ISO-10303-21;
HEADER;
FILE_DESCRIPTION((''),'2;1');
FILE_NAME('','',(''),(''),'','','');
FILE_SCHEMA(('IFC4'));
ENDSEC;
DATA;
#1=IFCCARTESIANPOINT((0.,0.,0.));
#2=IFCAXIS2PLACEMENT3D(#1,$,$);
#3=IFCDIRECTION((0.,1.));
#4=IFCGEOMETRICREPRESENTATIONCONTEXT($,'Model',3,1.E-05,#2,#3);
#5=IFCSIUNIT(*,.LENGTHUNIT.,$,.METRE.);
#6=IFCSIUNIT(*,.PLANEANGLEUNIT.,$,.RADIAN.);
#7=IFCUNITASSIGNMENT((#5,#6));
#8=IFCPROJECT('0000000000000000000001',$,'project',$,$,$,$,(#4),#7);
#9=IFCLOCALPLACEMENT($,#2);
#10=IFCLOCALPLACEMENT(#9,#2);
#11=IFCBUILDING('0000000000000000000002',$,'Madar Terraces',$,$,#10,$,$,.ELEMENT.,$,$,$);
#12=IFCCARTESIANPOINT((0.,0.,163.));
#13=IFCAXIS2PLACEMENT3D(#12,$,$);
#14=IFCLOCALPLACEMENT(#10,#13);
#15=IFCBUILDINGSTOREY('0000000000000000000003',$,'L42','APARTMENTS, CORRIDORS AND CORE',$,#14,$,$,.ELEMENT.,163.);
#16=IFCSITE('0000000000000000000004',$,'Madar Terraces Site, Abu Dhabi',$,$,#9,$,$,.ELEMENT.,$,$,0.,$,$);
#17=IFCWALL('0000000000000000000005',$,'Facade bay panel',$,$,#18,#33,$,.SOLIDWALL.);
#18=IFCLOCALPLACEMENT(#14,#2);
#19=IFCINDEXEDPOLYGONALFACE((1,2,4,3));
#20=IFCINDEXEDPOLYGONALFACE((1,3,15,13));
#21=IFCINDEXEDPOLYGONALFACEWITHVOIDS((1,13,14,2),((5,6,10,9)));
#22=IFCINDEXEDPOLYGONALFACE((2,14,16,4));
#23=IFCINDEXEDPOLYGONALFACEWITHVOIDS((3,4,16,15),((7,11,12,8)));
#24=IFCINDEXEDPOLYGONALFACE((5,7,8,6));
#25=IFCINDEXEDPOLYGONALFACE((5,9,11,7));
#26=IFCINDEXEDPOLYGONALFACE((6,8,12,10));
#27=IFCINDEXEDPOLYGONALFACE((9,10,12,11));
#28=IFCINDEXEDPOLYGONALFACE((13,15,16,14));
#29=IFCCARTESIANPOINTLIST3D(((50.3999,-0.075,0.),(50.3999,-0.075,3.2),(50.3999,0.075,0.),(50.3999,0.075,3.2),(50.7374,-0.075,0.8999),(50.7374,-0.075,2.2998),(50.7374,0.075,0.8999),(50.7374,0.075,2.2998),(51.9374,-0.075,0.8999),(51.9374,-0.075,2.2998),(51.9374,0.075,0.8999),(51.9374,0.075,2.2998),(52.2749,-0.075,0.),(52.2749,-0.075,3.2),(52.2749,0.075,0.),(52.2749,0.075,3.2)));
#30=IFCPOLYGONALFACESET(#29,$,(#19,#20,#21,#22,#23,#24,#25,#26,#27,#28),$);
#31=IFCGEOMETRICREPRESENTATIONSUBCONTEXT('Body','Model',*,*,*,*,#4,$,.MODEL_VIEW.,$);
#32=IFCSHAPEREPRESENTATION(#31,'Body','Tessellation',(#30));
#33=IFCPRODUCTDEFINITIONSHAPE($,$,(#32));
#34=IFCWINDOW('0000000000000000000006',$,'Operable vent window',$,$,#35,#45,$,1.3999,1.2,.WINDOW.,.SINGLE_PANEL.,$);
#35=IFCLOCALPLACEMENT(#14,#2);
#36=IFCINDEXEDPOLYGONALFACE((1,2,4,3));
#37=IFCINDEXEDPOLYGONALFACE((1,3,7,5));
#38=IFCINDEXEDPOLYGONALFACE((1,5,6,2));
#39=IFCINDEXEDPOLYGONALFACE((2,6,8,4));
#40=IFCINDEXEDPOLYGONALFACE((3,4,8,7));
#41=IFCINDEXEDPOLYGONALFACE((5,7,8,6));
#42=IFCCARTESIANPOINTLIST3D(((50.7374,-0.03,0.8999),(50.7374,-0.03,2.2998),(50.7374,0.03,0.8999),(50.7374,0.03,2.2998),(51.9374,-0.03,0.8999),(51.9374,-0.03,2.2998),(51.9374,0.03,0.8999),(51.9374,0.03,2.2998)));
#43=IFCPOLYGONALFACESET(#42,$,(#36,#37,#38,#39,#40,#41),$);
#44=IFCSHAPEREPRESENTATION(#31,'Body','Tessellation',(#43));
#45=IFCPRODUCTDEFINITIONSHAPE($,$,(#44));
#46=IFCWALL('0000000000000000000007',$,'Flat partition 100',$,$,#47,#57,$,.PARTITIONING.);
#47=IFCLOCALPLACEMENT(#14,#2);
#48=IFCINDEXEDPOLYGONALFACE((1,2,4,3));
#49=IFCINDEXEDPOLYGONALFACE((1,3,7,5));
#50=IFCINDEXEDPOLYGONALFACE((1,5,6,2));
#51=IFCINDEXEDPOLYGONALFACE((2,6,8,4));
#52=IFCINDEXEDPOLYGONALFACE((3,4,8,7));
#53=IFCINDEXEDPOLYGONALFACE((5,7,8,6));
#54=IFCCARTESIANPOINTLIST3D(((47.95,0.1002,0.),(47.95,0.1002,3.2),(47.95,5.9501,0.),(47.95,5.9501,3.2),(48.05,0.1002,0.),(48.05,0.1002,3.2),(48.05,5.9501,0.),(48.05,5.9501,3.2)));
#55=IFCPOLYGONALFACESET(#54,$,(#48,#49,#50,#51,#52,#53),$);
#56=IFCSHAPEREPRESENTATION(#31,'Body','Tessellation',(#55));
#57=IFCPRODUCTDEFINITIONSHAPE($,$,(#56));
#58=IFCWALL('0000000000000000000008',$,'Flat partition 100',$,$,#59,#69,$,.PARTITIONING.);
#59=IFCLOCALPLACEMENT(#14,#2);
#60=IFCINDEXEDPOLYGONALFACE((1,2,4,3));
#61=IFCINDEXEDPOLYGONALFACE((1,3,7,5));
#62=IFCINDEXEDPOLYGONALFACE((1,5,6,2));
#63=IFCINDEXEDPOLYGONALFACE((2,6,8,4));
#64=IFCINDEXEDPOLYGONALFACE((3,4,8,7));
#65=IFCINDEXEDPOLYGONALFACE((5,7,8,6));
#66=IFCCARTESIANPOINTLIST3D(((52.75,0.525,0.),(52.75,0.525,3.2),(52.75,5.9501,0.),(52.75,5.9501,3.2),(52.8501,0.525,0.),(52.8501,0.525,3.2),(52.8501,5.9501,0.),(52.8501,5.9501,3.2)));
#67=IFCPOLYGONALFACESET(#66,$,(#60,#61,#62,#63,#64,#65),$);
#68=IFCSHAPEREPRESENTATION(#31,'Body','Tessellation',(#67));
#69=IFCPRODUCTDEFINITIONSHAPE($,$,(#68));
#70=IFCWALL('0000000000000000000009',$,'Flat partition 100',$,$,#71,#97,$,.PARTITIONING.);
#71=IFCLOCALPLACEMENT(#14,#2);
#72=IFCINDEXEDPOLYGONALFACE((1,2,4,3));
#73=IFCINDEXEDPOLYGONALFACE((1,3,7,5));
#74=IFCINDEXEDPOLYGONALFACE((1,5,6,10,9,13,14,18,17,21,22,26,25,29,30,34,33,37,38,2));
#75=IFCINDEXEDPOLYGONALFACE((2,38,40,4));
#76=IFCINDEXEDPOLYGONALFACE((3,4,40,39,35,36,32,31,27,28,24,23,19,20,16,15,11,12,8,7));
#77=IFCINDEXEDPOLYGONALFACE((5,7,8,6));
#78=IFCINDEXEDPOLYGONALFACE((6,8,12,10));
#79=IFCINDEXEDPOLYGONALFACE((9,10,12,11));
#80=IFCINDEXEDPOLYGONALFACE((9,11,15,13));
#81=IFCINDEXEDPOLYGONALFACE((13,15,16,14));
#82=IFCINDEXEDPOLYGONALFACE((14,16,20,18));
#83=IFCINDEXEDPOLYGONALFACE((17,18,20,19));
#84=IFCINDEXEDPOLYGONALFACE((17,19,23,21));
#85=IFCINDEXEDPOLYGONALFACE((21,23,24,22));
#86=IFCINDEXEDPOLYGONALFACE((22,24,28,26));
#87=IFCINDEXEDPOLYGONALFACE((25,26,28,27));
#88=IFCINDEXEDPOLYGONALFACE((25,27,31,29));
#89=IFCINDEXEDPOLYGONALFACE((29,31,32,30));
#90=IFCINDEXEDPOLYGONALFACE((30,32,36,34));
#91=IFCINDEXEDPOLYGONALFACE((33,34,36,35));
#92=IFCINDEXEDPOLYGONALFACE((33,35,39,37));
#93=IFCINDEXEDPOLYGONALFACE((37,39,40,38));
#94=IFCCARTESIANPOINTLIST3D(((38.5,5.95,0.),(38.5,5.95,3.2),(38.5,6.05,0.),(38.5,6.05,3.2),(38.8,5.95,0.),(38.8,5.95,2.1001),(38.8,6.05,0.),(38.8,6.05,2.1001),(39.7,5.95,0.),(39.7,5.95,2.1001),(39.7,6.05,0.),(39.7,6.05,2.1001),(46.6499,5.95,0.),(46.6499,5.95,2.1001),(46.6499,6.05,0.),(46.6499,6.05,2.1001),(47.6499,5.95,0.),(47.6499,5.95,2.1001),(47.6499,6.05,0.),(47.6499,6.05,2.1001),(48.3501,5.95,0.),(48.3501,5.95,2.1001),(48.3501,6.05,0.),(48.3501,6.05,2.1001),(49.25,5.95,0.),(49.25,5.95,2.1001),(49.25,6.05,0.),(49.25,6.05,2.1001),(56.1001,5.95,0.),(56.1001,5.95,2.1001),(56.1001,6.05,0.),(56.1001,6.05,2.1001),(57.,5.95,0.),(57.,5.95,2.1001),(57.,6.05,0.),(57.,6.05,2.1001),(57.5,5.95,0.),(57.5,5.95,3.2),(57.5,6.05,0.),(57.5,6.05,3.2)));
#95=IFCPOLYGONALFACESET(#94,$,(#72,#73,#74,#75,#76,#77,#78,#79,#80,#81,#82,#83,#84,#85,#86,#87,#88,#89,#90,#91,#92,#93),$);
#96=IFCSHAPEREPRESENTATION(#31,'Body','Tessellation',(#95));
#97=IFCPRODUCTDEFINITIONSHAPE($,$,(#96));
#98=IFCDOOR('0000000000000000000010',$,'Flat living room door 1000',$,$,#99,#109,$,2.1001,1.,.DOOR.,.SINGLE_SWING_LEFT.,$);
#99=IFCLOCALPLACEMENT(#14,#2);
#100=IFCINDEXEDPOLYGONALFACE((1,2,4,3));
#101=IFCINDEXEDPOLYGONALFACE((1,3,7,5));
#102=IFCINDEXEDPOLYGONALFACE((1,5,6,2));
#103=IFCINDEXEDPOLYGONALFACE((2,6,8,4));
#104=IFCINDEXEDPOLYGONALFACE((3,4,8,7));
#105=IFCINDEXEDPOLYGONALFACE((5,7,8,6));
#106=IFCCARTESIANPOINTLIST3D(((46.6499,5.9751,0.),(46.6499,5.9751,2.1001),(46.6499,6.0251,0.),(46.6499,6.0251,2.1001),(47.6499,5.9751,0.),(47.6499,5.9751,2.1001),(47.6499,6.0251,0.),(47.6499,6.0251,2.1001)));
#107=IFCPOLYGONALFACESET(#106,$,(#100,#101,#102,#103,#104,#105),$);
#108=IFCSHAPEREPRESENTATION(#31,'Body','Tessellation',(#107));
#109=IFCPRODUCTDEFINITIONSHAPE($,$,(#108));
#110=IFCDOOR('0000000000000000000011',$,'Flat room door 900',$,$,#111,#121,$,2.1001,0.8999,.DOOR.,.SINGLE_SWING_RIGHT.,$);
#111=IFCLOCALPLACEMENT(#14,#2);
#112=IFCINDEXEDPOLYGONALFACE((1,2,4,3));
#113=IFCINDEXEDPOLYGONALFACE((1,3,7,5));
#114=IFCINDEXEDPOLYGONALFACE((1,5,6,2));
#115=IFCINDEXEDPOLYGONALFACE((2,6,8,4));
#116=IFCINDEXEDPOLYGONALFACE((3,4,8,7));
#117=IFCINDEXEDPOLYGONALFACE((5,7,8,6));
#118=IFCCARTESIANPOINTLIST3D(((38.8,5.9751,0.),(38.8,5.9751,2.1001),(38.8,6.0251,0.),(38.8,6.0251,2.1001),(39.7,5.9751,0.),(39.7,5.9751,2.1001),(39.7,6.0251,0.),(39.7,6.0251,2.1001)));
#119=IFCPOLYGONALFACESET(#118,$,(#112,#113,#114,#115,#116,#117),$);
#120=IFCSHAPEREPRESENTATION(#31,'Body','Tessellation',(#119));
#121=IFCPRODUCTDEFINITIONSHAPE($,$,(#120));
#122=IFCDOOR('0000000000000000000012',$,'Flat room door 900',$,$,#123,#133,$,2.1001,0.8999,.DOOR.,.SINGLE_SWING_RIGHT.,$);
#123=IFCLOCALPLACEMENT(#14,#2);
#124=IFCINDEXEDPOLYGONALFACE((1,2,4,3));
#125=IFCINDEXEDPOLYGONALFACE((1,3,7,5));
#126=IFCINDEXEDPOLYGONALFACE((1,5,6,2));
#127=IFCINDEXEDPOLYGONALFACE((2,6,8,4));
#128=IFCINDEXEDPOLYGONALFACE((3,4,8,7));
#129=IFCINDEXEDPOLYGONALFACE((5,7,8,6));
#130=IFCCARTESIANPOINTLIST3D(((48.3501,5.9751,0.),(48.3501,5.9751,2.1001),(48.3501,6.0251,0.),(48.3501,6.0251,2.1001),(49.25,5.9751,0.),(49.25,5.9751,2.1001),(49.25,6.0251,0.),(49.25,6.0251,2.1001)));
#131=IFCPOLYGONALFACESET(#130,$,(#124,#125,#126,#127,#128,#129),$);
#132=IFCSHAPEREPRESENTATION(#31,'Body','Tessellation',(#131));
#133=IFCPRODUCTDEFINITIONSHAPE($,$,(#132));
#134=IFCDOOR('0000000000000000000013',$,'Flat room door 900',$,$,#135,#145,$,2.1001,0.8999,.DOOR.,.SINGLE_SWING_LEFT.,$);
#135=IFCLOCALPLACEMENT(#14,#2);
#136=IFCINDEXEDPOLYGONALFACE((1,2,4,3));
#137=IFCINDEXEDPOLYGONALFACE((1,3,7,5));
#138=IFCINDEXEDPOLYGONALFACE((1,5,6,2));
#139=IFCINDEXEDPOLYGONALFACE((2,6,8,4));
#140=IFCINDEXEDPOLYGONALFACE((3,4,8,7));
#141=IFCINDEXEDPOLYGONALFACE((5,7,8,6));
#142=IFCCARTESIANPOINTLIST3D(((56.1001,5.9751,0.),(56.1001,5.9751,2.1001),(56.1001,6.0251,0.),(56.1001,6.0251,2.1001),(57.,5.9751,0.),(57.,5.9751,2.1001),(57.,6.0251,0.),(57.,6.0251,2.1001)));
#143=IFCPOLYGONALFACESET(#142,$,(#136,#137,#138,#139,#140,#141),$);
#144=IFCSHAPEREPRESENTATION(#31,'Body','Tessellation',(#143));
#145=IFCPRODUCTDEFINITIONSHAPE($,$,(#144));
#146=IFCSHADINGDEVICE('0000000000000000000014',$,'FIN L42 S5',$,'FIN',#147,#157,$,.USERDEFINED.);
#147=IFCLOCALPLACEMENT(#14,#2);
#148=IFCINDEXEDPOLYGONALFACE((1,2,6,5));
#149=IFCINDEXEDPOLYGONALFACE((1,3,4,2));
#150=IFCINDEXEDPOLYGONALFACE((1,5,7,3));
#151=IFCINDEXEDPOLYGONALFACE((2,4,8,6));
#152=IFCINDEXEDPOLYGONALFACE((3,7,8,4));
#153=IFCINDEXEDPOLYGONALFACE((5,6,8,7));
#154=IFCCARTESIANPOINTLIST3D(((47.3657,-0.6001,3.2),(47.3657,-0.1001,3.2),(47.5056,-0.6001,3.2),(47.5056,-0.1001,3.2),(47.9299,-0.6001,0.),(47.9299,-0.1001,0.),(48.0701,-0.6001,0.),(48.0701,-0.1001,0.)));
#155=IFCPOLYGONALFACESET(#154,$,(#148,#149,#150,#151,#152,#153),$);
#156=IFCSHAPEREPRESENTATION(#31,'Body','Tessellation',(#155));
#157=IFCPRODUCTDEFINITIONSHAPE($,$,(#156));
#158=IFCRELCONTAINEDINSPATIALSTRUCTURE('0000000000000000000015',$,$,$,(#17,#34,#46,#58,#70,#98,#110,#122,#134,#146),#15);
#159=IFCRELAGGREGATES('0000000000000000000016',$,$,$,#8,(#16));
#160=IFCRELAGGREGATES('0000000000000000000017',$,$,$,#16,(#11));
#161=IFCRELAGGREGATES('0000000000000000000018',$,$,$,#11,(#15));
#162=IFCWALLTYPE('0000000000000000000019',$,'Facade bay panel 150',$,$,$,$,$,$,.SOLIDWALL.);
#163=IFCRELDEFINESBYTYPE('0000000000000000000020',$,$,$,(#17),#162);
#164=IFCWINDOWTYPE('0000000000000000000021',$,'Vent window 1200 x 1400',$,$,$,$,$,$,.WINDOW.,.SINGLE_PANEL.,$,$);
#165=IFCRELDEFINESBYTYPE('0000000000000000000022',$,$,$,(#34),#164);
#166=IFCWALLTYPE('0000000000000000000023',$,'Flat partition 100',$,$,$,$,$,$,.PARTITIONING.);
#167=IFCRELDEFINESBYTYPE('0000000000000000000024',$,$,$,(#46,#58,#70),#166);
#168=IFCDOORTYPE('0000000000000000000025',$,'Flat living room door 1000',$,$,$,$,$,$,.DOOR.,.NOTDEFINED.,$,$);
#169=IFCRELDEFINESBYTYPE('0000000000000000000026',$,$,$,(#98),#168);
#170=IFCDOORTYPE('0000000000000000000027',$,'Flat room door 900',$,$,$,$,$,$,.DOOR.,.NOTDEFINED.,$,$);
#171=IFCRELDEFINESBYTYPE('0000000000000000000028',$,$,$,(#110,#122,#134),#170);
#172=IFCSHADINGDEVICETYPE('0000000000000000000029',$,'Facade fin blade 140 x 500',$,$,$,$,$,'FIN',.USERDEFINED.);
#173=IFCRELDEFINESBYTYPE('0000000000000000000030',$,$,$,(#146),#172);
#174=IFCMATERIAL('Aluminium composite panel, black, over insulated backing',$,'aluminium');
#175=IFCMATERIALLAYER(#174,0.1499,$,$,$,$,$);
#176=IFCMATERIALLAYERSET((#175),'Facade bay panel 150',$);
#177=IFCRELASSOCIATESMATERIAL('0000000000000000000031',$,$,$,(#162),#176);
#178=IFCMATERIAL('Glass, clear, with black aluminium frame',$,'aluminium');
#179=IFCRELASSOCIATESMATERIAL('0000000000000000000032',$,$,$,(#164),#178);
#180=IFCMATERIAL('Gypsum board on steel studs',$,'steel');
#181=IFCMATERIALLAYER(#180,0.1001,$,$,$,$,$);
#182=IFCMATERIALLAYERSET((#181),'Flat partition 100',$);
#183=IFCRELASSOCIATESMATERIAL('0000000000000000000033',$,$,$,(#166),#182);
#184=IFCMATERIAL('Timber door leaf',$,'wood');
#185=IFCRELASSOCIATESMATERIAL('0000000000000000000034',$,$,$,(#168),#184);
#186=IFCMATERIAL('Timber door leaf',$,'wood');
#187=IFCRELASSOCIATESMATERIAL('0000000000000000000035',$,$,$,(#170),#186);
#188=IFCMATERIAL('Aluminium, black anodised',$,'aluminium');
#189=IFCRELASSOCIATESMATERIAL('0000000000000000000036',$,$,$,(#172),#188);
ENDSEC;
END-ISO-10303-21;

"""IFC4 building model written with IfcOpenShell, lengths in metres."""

from ifc_helpers import new_model, si_unit, direction, frame, frame_2d, origin, place, context, subcontext, project, spatial, polyline, rectangle, outline, extrude, material, layer, layer_set, type_object, element, fill, save


model = new_model("IFC4")

# Units and contexts
model_context = context("Model", 3, precision=1e-05, world=origin(), true_north=direction((0.0, 1.0)))
body_context = subcontext(model_context, "Body", "Model", "MODEL_VIEW")
ifc_project = project(units=[si_unit("LENGTHUNIT", "METRE"), si_unit("PLANEANGLEUNIT", "RADIAN")], contexts=[model_context])

# Site, building, storey
site_placement = place(None, origin())
site = spatial("IfcSite", under=ifc_project, at=site_placement, Name="Madar Terraces Site, Abu Dhabi", CompositionType="ELEMENT", RefElevation=0.0)
building_placement = place(site_placement, origin())
building = spatial("IfcBuilding", under=site, at=building_placement, Name="Madar Terraces", CompositionType="ELEMENT")
storey_placement = place(building_placement, frame((0.0, 0.0, 163.0)))
storey = spatial("IfcBuildingStorey", under=building, at=storey_placement, Name="L42", Description="APARTMENTS, CORRIDORS AND CORE", CompositionType="ELEMENT", Elevation=163.0)

# Wall, opening, window
ifc_material_1 = material(Name="Aluminium composite panel, black, over insulated backing", Category="aluminium")
ifc_layer_1 = layer(ifc_material_1, 0.1499)
ifc_layer_set_1 = layer_set([ifc_layer_1], Name="Facade bay panel 150")
wall_type_1 = type_object("IfcWallType", Name="Facade bay panel 150", PredefinedType="SOLIDWALL", material=ifc_layer_set_1)
wall_1_placement = place(storey_placement, frame((50.3999, 0.0, 0.0), z_axis=(0.0, 0.0, 1.0), x_axis=(1.0, 0.0, 0.0)))
wall_1 = element("IfcWall", 1, at=wall_1_placement, inside=storey, type_object=wall_type_1, Name="Facade bay panel", PredefinedType="SOLIDWALL", context=body_context, shape_type="SweptSolid", body=[
    extrude(rectangle(XDim=1.875, YDim=0.1499, at=frame_2d((0.9375, 0.0))), origin(), (0.0, 0.0, 1.0), 3.2),
])
opening_1_placement = place(wall_1_placement, frame((0.3374, 0.0, 0.8999)))
opening_1 = element("IfcOpeningElement", 2, at=opening_1_placement, cuts=wall_1, PredefinedType="OPENING", context=body_context, shape_type="SweptSolid", body=[
    extrude(rectangle(XDim=1.2, YDim=1.3999, at=frame_2d((0.6001, 0.7))), frame((0.0, 0.085, 0.0), z_axis=(0.0, -1.0, 0.0), x_axis=(1.0, 0.0, 0.0)), (0.0, 0.0, 1.0), 0.1699),
])
ifc_material_2 = material(Name="Glass, clear, with black aluminium frame", Category="aluminium")
window_type = type_object("IfcWindowType", Name="Vent window 1200 x 1400", PartitioningType="SINGLE_PANEL", PredefinedType="WINDOW", material=ifc_material_2)
window_placement = place(opening_1_placement, origin())
window = element("IfcWindow", 3, at=window_placement, inside=storey, type_object=window_type, Name="Operable vent window", OverallHeight=1.3999, OverallWidth=1.2, PartitioningType="SINGLE_PANEL", PredefinedType="WINDOW", context=body_context, shape_type="SweptSolid", body=[
    extrude(rectangle(XDim=1.2, YDim=1.3999, at=frame_2d((0.6001, 0.7))), frame((0.0, 0.03, 0.0), z_axis=(0.0, -1.0, 0.0), x_axis=(1.0, 0.0, 0.0)), (0.0, 0.0, 1.0), 0.0601),
])
fill(opening_1, window)

# Walls
ifc_material_3 = material(Name="Gypsum board on steel studs", Category="steel")
ifc_layer_2 = layer(ifc_material_3, 0.1001)
ifc_layer_set_2 = layer_set([ifc_layer_2], Name="Flat partition 100")
wall_type_2 = type_object("IfcWallType", Name="Flat partition 100", PredefinedType="PARTITIONING", material=ifc_layer_set_2)
wall_2_placement = place(storey_placement, frame((48.0, 5.95, 0.0), z_axis=(0.0, 0.0, 1.0), x_axis=(0.0, -1.0, 0.0)))
element("IfcWall", 4, at=wall_2_placement, inside=storey, type_object=wall_type_2, Name="Flat partition 100", PredefinedType="PARTITIONING", context=body_context, shape_type="SweptSolid", body=[
    extrude(rectangle(XDim=5.8499, YDim=0.1001, at=frame_2d((2.9248, 0.0))), origin(), (0.0, 0.0, 1.0), 3.2),
])
wall_3_placement = place(storey_placement, frame((52.8, 5.95, 0.0), z_axis=(0.0, 0.0, 1.0), x_axis=(0.0, -1.0, 0.0)))
element("IfcWall", 5, at=wall_3_placement, inside=storey, type_object=wall_type_2, Name="Flat partition 100", PredefinedType="PARTITIONING", context=body_context, shape_type="SweptSolid", body=[
    extrude(rectangle(XDim=5.425, YDim=0.1001, at=frame_2d((2.7124, 0.0))), origin(), (0.0, 0.0, 1.0), 3.2),
])

# Wall, openings, doors
wall_4_placement = place(storey_placement, frame((57.5, 6.0, 0.0), z_axis=(0.0, 0.0, 1.0), x_axis=(-1.0, 0.0, 0.0)))
wall_4 = element("IfcWall", 6, at=wall_4_placement, inside=storey, type_object=wall_type_2, Name="Flat partition 100", PredefinedType="PARTITIONING", context=body_context, shape_type="SweptSolid", body=[
    extrude(rectangle(XDim=19.0, YDim=0.1001, at=frame_2d((9.5, 0.0))), origin(), (0.0, 0.0, 1.0), 3.2),
])
opening_2_placement = place(wall_4_placement, frame((17.8, 0.0, 0.0)))
opening_2 = element("IfcOpeningElement", 7, at=opening_2_placement, cuts=wall_4, PredefinedType="OPENING", context=body_context, shape_type="SweptSolid", body=[
    extrude(rectangle(XDim=0.8999, YDim=2.1001, at=frame_2d((0.45, 1.05))), frame((0.0, 0.0601, 0.0), z_axis=(0.0, -1.0, 0.0), x_axis=(1.0, 0.0, 0.0)), (0.0, 0.0, 1.0), 0.1201),
])
opening_3_placement = place(wall_4_placement, frame((9.8501, 0.0, 0.0)))
opening_3 = element("IfcOpeningElement", 8, at=opening_3_placement, cuts=wall_4, PredefinedType="OPENING", context=body_context, shape_type="SweptSolid", body=[
    extrude(rectangle(XDim=1.0, YDim=2.1001, at=frame_2d((0.5, 1.05))), frame((0.0, 0.0601, 0.0), z_axis=(0.0, -1.0, 0.0), x_axis=(1.0, 0.0, 0.0)), (0.0, 0.0, 1.0), 0.1201),
])
opening_4_placement = place(wall_4_placement, frame((8.25, 0.0, 0.0)))
opening_4 = element("IfcOpeningElement", 9, at=opening_4_placement, cuts=wall_4, PredefinedType="OPENING", context=body_context, shape_type="SweptSolid", body=[
    extrude(rectangle(XDim=0.8999, YDim=2.1001, at=frame_2d((0.45, 1.05))), frame((0.0, 0.0601, 0.0), z_axis=(0.0, -1.0, 0.0), x_axis=(1.0, 0.0, 0.0)), (0.0, 0.0, 1.0), 0.1201),
])
opening_5_placement = place(wall_4_placement, frame((0.5, 0.0, 0.0)))
opening_5 = element("IfcOpeningElement", 10, at=opening_5_placement, cuts=wall_4, PredefinedType="OPENING", context=body_context, shape_type="SweptSolid", body=[
    extrude(rectangle(XDim=0.8999, YDim=2.1001, at=frame_2d((0.45, 1.05))), frame((0.0, 0.0601, 0.0), z_axis=(0.0, -1.0, 0.0), x_axis=(1.0, 0.0, 0.0)), (0.0, 0.0, 1.0), 0.1201),
])
ifc_material_4 = material(Name="Timber door leaf", Category="wood")
door_type_1 = type_object("IfcDoorType", Name="Flat living room door 1000", OperationType="NOTDEFINED", PredefinedType="DOOR", material=ifc_material_4)
door_1_placement = place(opening_3_placement, origin())
door_1 = element("IfcDoor", 11, at=door_1_placement, inside=storey, type_object=door_type_1, Name="Flat living room door 1000", OperationType="SINGLE_SWING_LEFT", OverallHeight=2.1001, OverallWidth=1.0, PredefinedType="DOOR", context=body_context, shape_type="SweptSolid", body=[
    extrude(rectangle(XDim=1.0, YDim=2.1001, at=frame_2d((0.5, 1.05))), frame((0.0, 0.0249, 0.0), z_axis=(0.0, -1.0, 0.0), x_axis=(1.0, 0.0, 0.0)), (0.0, 0.0, 1.0), 0.05),
])
fill(opening_3, door_1)
ifc_material_5 = material(Name="Timber door leaf", Category="wood")
door_type_2 = type_object("IfcDoorType", Name="Flat room door 900", OperationType="NOTDEFINED", PredefinedType="DOOR", material=ifc_material_5)
door_2_placement = place(opening_2_placement, origin())
door_2 = element("IfcDoor", 12, at=door_2_placement, inside=storey, type_object=door_type_2, Name="Flat room door 900", OperationType="SINGLE_SWING_RIGHT", OverallHeight=2.1001, OverallWidth=0.8999, PredefinedType="DOOR", context=body_context, shape_type="SweptSolid", body=[
    extrude(rectangle(XDim=0.8999, YDim=2.1001, at=frame_2d((0.45, 1.05))), frame((0.0, 0.0249, 0.0), z_axis=(0.0, -1.0, 0.0), x_axis=(1.0, 0.0, 0.0)), (0.0, 0.0, 1.0), 0.05),
])
fill(opening_2, door_2)
door_3_placement = place(opening_4_placement, origin())
door_3 = element("IfcDoor", 13, at=door_3_placement, inside=storey, type_object=door_type_2, Name="Flat room door 900", OperationType="SINGLE_SWING_RIGHT", OverallHeight=2.1001, OverallWidth=0.8999, PredefinedType="DOOR", context=body_context, shape_type="SweptSolid", body=[
    extrude(rectangle(XDim=0.8999, YDim=2.1001, at=frame_2d((0.45, 1.05))), frame((0.0, 0.0249, 0.0), z_axis=(0.0, -1.0, 0.0), x_axis=(1.0, 0.0, 0.0)), (0.0, 0.0, 1.0), 0.05),
])
fill(opening_4, door_3)
door_4_placement = place(opening_5_placement, origin())
door_4 = element("IfcDoor", 14, at=door_4_placement, inside=storey, type_object=door_type_2, Name="Flat room door 900", OperationType="SINGLE_SWING_LEFT", OverallHeight=2.1001, OverallWidth=0.8999, PredefinedType="DOOR", context=body_context, shape_type="SweptSolid", body=[
    extrude(rectangle(XDim=0.8999, YDim=2.1001, at=frame_2d((0.45, 1.05))), frame((0.0, 0.0249, 0.0), z_axis=(0.0, -1.0, 0.0), x_axis=(1.0, 0.0, 0.0)), (0.0, 0.0, 1.0), 0.05),
])
fill(opening_5, door_4)

# Shading device
ifc_material_6 = material(Name="Aluminium, black anodised", Category="aluminium")
shading_device_type = type_object("IfcShadingDeviceType", Name="Facade fin blade 140 x 500", ElementType="FIN", PredefinedType="USERDEFINED", material=ifc_material_6)
shading_device_1_placement = place(storey_placement, frame((47.9299, -0.3501, 0.0), z_axis=(0.0, 0.0, 1.0), x_axis=(1.0, 0.0, 0.0)))
element("IfcShadingDevice", 15, at=shading_device_1_placement, inside=storey, type_object=shading_device_type, Name="FIN L42 S5", ObjectType="FIN", PredefinedType="USERDEFINED", context=body_context, shape_type="SweptSolid", body=[
    extrude(outline(polyline([(0.0, 0.0), (0.1401, 0.0), (-0.4243, 3.2), (-0.5642, 3.2), (0.0, 0.0)])), frame((0.0, 0.25, 0.0), z_axis=(0.0, -1.0, 0.0), x_axis=(1.0, 0.0, 0.0)), (0.0, 0.0, 1.0), 0.5),
])

save(model, "model.ifc")
